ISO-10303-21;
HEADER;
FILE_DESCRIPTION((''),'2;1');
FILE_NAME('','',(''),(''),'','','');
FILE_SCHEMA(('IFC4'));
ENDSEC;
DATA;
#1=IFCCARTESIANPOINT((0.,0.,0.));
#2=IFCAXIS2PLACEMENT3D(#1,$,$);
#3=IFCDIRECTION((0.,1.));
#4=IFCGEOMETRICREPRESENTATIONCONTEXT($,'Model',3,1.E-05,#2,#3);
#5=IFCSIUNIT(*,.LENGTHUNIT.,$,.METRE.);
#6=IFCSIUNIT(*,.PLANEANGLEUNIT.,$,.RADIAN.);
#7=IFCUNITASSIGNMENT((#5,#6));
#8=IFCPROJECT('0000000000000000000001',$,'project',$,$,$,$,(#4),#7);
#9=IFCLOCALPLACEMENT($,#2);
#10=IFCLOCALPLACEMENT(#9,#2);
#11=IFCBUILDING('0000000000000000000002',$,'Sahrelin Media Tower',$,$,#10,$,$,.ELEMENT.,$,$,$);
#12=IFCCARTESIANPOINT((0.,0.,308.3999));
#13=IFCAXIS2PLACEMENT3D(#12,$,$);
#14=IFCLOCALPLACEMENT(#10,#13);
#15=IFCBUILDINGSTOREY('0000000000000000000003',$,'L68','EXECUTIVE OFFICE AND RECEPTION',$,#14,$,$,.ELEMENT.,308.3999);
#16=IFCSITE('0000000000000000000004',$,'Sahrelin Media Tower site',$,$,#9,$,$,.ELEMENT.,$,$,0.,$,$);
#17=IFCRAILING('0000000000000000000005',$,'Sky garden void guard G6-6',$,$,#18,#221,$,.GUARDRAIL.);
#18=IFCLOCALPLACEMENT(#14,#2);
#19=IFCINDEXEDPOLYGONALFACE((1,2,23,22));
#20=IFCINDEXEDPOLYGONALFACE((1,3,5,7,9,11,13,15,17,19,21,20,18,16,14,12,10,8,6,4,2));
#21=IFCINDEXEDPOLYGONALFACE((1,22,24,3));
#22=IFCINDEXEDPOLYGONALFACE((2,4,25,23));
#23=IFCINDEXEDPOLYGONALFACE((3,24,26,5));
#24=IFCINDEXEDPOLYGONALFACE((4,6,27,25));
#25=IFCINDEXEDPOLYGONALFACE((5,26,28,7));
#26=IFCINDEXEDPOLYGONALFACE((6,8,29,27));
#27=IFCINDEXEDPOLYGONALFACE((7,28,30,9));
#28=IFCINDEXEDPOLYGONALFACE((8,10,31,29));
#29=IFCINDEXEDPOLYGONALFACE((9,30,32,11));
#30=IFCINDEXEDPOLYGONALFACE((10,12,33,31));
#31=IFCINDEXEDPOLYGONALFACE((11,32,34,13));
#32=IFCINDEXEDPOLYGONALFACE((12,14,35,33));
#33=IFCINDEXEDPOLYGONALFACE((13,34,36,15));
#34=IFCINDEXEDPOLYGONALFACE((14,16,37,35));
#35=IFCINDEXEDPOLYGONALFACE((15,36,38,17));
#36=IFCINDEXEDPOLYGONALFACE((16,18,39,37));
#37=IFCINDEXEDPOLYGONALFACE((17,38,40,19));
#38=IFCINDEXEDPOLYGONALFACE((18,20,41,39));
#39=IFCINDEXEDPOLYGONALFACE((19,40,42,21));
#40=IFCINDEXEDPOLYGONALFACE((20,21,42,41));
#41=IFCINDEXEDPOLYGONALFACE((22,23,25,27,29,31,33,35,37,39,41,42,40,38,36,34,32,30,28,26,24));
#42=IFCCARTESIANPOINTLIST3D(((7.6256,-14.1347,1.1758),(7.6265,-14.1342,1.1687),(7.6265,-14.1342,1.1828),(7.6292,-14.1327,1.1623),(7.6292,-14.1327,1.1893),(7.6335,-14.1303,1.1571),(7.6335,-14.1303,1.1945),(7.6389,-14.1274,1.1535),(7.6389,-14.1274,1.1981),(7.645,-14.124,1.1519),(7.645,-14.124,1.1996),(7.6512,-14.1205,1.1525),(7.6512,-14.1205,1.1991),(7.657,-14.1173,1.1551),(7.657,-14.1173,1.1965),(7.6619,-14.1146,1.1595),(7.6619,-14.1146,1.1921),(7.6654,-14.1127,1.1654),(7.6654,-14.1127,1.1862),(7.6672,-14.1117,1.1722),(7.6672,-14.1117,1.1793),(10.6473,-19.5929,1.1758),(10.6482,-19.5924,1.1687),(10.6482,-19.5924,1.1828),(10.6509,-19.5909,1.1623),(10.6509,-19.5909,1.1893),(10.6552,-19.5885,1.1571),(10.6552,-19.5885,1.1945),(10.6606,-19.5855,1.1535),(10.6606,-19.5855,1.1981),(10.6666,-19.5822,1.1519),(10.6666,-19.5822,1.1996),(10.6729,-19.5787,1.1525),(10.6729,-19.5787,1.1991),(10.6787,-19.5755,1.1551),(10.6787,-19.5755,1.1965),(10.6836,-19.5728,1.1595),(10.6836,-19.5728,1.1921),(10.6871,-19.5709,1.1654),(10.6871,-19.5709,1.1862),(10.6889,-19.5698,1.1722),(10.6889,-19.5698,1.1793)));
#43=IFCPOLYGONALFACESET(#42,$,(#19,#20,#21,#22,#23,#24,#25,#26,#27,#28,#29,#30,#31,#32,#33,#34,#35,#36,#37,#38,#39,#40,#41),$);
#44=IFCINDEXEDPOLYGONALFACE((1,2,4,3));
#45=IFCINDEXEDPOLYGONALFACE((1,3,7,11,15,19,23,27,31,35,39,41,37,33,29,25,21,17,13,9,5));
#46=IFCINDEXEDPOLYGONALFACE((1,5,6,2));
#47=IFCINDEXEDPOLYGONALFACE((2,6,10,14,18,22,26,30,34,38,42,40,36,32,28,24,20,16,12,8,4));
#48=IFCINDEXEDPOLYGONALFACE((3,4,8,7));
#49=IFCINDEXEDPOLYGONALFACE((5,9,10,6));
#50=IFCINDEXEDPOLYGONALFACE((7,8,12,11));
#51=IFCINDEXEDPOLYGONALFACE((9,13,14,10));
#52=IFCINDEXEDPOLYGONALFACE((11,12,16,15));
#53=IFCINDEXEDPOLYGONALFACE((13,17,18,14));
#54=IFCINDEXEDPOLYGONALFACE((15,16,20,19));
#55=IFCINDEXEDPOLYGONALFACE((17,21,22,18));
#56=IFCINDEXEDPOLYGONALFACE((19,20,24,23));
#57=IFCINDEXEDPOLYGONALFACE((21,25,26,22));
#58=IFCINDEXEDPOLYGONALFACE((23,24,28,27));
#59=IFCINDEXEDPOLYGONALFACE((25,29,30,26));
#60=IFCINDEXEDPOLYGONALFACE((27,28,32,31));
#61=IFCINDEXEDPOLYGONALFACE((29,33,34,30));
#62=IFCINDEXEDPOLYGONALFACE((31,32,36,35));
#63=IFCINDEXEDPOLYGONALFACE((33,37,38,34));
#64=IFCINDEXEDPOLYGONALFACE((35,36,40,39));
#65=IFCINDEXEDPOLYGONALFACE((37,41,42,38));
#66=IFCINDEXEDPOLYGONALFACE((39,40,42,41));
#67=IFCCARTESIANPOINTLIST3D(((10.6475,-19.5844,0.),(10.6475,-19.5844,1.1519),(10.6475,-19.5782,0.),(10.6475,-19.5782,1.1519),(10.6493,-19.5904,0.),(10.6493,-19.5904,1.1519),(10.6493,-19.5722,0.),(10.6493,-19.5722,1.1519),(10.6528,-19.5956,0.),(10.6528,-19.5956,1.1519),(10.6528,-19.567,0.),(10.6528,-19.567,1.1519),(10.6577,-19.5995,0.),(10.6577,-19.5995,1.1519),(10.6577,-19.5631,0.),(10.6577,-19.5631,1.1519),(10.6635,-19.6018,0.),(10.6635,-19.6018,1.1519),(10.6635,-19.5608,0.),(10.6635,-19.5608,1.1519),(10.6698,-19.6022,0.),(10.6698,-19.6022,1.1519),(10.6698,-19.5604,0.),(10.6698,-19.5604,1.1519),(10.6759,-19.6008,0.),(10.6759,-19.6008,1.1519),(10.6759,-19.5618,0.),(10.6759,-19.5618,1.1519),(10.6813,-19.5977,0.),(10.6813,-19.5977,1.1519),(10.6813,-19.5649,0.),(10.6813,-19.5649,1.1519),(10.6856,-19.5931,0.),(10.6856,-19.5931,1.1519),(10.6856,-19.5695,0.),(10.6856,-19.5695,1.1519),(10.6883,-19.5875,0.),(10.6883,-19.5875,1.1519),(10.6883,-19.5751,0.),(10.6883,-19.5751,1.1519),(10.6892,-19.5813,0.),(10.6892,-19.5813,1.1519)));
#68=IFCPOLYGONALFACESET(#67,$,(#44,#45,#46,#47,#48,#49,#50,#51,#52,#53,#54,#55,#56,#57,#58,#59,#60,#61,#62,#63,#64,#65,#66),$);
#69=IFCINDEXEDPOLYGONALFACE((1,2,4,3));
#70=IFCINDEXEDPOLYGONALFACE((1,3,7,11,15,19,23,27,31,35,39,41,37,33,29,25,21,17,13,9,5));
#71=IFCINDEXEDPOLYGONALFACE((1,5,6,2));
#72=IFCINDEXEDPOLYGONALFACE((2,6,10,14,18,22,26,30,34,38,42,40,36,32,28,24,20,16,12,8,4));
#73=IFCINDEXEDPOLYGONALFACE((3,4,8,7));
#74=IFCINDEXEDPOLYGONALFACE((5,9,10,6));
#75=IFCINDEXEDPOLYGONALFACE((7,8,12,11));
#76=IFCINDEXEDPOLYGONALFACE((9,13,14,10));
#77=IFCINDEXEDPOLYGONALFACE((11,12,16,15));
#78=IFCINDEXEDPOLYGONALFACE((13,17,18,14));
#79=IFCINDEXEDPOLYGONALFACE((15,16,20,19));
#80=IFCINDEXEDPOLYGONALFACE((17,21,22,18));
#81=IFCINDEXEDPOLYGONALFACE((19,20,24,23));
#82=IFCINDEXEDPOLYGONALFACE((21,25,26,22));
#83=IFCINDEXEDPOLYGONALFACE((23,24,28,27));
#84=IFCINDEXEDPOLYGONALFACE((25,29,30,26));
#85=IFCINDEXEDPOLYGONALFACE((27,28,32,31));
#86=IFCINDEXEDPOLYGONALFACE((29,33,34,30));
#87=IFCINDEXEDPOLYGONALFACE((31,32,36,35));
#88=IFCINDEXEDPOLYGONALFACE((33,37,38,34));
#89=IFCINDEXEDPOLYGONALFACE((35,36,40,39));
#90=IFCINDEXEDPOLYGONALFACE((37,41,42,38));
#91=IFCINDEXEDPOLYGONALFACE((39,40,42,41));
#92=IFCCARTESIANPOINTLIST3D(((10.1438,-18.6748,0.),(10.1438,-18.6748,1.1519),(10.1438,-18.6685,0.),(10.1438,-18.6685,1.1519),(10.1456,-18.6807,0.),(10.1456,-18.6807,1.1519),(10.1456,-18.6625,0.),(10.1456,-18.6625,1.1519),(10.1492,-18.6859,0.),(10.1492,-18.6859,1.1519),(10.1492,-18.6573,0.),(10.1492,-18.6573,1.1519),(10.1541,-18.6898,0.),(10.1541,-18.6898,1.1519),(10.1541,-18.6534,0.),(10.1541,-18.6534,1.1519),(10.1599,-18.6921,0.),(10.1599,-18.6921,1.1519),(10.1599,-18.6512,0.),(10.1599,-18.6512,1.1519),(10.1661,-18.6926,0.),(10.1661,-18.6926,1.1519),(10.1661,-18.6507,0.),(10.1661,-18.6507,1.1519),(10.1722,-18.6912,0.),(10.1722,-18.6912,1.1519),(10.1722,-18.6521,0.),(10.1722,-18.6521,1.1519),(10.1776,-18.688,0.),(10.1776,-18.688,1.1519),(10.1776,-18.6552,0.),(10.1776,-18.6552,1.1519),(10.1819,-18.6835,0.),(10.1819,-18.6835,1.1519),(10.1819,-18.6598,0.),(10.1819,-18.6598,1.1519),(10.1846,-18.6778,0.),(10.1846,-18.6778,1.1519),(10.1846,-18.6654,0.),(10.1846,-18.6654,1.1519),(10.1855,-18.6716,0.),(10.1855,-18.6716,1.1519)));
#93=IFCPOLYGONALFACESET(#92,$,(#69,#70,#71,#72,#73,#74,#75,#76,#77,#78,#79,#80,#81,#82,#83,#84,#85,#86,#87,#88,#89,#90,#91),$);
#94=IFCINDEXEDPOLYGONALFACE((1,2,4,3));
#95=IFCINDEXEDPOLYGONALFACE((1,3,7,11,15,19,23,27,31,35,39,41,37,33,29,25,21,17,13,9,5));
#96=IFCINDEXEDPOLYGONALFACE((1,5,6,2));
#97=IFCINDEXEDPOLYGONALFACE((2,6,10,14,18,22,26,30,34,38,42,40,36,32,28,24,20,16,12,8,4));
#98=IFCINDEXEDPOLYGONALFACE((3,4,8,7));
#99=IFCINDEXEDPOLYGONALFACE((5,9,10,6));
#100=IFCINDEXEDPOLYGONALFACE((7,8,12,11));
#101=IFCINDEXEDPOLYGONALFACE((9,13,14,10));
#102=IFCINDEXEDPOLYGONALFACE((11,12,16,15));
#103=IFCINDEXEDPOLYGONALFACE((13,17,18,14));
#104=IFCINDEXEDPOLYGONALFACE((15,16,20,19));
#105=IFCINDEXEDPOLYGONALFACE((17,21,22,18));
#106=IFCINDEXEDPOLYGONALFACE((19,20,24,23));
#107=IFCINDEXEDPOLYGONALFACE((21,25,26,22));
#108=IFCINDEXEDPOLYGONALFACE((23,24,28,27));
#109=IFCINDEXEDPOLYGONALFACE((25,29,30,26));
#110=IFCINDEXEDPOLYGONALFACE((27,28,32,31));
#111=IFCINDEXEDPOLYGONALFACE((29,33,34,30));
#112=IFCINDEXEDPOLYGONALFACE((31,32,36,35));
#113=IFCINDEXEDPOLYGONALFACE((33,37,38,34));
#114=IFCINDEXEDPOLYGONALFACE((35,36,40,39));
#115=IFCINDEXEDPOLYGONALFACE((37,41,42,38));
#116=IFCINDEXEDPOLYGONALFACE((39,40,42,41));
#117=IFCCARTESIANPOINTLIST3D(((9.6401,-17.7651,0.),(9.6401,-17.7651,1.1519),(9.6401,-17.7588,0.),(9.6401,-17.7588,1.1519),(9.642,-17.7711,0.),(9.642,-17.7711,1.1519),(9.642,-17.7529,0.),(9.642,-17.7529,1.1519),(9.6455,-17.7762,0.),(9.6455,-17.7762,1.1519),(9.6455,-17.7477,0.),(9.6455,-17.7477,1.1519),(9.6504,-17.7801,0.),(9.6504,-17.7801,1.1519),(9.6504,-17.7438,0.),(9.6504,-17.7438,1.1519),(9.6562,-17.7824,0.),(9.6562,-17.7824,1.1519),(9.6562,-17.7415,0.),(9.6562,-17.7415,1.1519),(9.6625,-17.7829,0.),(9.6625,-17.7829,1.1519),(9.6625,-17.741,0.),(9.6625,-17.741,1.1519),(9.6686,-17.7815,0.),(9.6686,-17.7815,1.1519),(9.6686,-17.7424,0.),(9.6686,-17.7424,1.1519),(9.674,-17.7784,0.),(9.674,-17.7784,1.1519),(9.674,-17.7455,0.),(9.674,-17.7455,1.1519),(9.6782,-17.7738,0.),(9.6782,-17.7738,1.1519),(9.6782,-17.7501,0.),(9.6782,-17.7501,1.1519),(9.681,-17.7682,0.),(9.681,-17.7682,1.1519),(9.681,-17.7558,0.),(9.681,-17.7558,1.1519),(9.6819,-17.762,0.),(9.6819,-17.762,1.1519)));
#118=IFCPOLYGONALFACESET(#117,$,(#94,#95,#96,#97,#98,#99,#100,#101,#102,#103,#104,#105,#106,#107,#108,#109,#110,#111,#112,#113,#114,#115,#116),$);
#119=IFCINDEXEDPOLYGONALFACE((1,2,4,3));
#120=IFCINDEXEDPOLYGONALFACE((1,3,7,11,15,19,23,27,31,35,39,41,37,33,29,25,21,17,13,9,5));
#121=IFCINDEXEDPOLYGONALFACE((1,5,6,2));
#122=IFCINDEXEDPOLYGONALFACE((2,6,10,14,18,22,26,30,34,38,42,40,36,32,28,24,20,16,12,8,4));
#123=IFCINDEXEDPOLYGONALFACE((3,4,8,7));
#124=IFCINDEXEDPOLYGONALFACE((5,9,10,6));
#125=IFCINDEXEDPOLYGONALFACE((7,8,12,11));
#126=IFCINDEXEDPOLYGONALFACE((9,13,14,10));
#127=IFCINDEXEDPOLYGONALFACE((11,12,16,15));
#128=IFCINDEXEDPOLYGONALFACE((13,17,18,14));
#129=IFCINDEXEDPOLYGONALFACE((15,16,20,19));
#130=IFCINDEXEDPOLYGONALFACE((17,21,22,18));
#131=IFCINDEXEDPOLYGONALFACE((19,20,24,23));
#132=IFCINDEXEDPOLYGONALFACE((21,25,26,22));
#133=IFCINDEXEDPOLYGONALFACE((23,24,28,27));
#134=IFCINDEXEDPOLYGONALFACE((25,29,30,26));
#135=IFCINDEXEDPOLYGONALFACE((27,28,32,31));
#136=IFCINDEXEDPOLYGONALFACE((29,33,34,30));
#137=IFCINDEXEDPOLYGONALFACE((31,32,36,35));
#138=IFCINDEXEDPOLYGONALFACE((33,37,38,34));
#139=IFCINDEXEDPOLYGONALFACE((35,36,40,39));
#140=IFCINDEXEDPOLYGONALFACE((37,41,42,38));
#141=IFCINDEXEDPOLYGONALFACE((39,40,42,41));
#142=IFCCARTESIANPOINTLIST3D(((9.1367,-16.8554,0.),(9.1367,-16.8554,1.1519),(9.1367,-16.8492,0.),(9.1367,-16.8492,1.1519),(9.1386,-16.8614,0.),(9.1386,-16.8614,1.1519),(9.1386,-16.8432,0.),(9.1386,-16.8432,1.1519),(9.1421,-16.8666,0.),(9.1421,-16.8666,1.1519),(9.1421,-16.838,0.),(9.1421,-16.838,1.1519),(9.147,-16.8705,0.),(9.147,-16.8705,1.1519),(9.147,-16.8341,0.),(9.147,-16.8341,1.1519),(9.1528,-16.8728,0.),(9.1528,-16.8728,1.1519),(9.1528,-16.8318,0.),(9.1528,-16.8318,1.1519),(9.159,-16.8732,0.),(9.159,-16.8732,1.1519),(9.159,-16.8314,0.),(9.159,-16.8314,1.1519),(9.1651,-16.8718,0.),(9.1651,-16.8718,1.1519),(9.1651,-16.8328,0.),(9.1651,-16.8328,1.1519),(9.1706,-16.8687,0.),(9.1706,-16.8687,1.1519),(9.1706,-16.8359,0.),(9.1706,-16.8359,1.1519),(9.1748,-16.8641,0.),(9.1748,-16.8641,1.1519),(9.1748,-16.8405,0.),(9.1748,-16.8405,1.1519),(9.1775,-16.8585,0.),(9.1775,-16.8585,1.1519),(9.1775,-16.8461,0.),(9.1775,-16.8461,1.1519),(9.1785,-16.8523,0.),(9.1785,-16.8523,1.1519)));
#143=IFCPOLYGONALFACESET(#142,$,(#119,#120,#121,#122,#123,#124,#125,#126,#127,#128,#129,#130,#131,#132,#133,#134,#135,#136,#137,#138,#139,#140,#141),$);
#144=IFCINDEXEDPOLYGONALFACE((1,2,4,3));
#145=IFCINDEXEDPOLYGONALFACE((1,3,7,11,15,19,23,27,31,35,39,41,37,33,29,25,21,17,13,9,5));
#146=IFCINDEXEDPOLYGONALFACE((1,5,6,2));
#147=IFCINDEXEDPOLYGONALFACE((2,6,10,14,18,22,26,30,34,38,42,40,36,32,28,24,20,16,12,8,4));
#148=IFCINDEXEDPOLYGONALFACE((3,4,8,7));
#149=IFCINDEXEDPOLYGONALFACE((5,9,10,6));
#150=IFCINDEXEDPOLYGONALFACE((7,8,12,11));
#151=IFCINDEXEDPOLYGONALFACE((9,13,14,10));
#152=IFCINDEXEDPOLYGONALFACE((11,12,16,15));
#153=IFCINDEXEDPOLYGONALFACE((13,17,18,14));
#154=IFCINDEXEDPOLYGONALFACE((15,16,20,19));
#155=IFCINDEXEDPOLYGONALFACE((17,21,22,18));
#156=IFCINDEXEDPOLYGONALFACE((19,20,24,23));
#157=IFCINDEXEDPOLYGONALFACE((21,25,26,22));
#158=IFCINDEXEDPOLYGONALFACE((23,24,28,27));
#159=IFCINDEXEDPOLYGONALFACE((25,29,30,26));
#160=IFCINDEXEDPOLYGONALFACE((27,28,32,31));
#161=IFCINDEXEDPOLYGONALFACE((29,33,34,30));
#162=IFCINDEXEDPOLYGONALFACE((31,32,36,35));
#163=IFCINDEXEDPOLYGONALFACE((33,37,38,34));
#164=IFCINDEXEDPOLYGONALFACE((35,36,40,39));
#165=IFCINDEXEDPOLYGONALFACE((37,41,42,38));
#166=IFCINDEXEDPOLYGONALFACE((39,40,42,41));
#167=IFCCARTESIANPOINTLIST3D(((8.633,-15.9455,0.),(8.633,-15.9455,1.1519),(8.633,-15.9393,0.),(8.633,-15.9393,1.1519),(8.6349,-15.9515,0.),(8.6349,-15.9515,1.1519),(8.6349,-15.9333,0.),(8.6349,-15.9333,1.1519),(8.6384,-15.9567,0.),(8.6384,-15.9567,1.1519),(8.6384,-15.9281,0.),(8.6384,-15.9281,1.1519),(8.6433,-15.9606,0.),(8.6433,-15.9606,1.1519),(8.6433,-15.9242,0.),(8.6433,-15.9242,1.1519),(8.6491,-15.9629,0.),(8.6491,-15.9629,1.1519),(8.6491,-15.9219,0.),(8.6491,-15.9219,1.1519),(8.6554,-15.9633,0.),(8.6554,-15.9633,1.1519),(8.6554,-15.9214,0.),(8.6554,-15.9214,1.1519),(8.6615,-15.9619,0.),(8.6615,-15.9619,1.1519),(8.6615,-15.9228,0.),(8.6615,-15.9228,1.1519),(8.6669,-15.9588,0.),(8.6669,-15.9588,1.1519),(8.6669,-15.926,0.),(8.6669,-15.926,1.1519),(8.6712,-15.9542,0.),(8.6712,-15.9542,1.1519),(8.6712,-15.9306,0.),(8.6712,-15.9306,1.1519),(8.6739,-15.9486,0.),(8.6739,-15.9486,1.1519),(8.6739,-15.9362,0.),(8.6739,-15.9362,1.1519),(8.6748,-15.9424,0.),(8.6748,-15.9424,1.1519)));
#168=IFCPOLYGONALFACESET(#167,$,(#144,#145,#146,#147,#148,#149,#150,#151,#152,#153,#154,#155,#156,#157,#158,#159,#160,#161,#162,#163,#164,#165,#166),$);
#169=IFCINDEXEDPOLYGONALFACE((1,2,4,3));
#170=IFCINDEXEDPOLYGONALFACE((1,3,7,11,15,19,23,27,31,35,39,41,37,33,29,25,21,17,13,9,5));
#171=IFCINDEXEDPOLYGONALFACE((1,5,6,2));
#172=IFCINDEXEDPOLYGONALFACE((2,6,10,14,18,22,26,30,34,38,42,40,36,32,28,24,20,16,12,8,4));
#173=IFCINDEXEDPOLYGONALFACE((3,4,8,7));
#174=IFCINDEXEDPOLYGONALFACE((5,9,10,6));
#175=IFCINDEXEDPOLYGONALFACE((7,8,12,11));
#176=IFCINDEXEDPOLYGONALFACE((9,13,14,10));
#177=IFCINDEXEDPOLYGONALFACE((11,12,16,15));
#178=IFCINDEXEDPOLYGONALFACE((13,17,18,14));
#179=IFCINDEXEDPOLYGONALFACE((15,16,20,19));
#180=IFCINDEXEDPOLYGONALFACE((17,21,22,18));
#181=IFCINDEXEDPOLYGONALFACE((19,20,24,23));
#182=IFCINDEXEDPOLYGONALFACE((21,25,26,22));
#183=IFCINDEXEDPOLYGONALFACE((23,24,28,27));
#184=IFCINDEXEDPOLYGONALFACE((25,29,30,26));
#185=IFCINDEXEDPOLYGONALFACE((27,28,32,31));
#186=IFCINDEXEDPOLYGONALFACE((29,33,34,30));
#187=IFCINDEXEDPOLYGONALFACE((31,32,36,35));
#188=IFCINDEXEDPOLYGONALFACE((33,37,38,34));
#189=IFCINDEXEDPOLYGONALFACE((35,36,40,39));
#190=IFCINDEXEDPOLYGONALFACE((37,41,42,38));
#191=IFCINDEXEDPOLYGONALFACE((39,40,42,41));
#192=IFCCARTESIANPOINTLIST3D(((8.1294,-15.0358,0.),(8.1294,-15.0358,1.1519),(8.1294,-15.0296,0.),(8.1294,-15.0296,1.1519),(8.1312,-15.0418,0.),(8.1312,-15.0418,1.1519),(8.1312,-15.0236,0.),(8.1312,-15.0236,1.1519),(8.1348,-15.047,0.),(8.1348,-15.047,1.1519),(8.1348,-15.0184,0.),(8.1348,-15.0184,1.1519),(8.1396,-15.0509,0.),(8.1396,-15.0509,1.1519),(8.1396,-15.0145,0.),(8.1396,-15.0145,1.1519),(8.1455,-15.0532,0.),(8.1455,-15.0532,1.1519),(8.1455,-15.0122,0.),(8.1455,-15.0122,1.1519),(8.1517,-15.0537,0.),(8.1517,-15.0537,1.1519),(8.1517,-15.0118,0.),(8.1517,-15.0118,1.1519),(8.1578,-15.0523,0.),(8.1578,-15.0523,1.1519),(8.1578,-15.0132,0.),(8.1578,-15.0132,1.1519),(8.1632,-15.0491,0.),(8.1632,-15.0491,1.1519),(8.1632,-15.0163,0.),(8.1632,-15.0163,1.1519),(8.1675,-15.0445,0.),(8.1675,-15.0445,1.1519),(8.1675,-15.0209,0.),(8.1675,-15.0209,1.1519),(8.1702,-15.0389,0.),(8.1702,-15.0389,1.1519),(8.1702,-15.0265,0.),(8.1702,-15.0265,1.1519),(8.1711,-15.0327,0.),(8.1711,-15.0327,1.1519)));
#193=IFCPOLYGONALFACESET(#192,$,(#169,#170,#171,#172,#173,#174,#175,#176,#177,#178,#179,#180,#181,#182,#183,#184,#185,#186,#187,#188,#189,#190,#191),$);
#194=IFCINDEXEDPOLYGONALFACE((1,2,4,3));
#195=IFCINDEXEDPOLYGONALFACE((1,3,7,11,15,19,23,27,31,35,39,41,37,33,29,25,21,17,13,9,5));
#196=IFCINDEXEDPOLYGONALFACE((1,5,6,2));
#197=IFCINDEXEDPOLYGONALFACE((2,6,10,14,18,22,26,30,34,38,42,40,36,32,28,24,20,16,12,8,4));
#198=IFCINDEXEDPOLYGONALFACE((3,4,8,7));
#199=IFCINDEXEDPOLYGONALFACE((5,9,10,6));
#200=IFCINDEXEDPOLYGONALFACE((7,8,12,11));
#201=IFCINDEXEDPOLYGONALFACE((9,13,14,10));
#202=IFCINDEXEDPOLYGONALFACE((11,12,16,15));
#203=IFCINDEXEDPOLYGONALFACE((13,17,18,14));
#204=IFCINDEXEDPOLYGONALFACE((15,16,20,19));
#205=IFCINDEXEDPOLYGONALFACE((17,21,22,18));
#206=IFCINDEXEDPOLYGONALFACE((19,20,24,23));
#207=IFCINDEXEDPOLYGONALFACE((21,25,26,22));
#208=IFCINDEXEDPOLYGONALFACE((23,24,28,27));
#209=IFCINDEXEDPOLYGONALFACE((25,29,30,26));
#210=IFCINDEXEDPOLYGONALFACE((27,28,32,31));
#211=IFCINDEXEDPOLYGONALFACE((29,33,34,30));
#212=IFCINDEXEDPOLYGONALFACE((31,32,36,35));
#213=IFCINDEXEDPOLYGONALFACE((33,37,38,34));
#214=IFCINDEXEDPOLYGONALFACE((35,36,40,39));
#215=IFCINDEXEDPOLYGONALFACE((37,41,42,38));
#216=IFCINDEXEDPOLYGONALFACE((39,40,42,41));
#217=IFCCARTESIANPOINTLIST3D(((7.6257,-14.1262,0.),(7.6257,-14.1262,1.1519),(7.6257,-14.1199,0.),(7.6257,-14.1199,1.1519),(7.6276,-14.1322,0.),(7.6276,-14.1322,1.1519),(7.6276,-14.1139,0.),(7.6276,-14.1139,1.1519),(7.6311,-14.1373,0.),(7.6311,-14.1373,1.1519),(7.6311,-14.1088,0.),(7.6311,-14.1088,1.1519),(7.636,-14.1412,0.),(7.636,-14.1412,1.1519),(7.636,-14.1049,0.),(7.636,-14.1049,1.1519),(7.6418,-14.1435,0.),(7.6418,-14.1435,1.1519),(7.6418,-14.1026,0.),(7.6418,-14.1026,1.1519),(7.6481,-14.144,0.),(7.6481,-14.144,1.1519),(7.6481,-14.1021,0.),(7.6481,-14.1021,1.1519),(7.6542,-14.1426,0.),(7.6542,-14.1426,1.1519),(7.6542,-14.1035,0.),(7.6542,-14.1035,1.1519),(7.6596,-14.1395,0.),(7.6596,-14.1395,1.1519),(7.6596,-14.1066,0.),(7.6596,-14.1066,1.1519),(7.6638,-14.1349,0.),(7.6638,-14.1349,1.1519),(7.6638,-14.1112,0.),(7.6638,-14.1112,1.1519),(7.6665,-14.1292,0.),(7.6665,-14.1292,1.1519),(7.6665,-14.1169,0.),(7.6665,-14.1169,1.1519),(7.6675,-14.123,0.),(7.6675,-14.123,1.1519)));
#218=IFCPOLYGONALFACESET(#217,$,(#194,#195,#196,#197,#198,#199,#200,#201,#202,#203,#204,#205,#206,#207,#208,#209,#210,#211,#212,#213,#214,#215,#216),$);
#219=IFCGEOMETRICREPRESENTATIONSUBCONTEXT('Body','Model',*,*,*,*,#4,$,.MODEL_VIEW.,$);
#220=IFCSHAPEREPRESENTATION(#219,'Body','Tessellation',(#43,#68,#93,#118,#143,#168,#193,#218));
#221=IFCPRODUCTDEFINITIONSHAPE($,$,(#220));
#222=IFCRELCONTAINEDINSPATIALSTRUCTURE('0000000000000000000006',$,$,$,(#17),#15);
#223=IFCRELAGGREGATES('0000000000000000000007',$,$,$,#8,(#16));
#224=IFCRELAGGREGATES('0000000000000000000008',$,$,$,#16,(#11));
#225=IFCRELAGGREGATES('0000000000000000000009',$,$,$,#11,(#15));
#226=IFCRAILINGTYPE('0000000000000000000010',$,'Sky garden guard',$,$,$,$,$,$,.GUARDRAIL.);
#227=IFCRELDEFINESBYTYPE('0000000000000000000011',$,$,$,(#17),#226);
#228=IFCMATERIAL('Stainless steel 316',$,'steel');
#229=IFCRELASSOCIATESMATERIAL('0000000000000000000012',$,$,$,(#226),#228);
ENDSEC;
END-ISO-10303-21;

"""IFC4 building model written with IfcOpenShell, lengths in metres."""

from ifc_helpers import new_model, si_unit, direction, frame, origin, origin_2d, place, context, subcontext, project, spatial, circle, extrude, material, type_object, element, save


model = new_model("IFC4")

# Units and contexts
model_context = context("Model", 3, precision=1e-05, world=origin(), true_north=direction((0.0, 1.0)))
body_context = subcontext(model_context, "Body", "Model", "MODEL_VIEW")
ifc_project = project(units=[si_unit("LENGTHUNIT", "METRE"), si_unit("PLANEANGLEUNIT", "RADIAN")], contexts=[model_context])

# Site, building, storey
site_placement = place(None, origin())
site = spatial("IfcSite", under=ifc_project, at=site_placement, Name="Sahrelin Media Tower site", CompositionType="ELEMENT", RefElevation=0.0)
building_placement = place(site_placement, origin())
building = spatial("IfcBuilding", under=site, at=building_placement, Name="Sahrelin Media Tower", CompositionType="ELEMENT")
storey_placement = place(building_placement, frame((0.0, 0.0, 308.3999)))
storey = spatial("IfcBuildingStorey", under=building, at=storey_placement, Name="L68", Description="EXECUTIVE OFFICE AND RECEPTION", CompositionType="ELEMENT", Elevation=308.3999)

# Railing
ifc_material_1 = material(Name="Stainless steel 316", Category="steel")
railing_type = type_object("IfcRailingType", Name="Sky garden guard", PredefinedType="GUARDRAIL", material=ifc_material_1)
railing_1_placement = place(storey_placement, frame((10.6682, -19.5813, 0.0)))
element("IfcRailing", 1, at=railing_1_placement, inside=storey, type_object=railing_type, Name="Sky garden void guard G6-6", PredefinedType="GUARDRAIL", context=body_context, shape_type="SweptSolid", body=[
    extrude(circle(Radius=0.0239, at=origin_2d()), frame((0.0, 0.0, 1.1758), z_axis=(-0.48434, 0.87488, 0.0), x_axis=(-0.87488, -0.48434, 0.0)), (0.0, 0.0, 1.0), 6.2388),
    extrude(circle(Radius=0.021, at=origin_2d()), origin(), (0.0, 0.0, 1.0), 1.1519),
    extrude(circle(Radius=0.021, at=origin_2d()), frame((-0.5037, 0.9097, 0.0)), (0.0, 0.0, 1.0), 1.1519),
    extrude(circle(Radius=0.021, at=origin_2d()), frame((-1.0073, 1.8193, 0.0)), (0.0, 0.0, 1.0), 1.1519),
    extrude(circle(Radius=0.021, at=origin_2d()), frame((-1.5107, 2.729, 0.0)), (0.0, 0.0, 1.0), 1.1519),
    extrude(circle(Radius=0.021, at=origin_2d()), frame((-2.0144, 3.6389, 0.0)), (0.0, 0.0, 1.0), 1.1519),
    extrude(circle(Radius=0.021, at=origin_2d()), frame((-2.5181, 4.5486, 0.0)), (0.0, 0.0, 1.0), 1.1519),
    extrude(circle(Radius=0.021, at=origin_2d()), frame((-3.0217, 5.4583, 0.0)), (0.0, 0.0, 1.0), 1.1519),
])

save(model, "model.ifc")
